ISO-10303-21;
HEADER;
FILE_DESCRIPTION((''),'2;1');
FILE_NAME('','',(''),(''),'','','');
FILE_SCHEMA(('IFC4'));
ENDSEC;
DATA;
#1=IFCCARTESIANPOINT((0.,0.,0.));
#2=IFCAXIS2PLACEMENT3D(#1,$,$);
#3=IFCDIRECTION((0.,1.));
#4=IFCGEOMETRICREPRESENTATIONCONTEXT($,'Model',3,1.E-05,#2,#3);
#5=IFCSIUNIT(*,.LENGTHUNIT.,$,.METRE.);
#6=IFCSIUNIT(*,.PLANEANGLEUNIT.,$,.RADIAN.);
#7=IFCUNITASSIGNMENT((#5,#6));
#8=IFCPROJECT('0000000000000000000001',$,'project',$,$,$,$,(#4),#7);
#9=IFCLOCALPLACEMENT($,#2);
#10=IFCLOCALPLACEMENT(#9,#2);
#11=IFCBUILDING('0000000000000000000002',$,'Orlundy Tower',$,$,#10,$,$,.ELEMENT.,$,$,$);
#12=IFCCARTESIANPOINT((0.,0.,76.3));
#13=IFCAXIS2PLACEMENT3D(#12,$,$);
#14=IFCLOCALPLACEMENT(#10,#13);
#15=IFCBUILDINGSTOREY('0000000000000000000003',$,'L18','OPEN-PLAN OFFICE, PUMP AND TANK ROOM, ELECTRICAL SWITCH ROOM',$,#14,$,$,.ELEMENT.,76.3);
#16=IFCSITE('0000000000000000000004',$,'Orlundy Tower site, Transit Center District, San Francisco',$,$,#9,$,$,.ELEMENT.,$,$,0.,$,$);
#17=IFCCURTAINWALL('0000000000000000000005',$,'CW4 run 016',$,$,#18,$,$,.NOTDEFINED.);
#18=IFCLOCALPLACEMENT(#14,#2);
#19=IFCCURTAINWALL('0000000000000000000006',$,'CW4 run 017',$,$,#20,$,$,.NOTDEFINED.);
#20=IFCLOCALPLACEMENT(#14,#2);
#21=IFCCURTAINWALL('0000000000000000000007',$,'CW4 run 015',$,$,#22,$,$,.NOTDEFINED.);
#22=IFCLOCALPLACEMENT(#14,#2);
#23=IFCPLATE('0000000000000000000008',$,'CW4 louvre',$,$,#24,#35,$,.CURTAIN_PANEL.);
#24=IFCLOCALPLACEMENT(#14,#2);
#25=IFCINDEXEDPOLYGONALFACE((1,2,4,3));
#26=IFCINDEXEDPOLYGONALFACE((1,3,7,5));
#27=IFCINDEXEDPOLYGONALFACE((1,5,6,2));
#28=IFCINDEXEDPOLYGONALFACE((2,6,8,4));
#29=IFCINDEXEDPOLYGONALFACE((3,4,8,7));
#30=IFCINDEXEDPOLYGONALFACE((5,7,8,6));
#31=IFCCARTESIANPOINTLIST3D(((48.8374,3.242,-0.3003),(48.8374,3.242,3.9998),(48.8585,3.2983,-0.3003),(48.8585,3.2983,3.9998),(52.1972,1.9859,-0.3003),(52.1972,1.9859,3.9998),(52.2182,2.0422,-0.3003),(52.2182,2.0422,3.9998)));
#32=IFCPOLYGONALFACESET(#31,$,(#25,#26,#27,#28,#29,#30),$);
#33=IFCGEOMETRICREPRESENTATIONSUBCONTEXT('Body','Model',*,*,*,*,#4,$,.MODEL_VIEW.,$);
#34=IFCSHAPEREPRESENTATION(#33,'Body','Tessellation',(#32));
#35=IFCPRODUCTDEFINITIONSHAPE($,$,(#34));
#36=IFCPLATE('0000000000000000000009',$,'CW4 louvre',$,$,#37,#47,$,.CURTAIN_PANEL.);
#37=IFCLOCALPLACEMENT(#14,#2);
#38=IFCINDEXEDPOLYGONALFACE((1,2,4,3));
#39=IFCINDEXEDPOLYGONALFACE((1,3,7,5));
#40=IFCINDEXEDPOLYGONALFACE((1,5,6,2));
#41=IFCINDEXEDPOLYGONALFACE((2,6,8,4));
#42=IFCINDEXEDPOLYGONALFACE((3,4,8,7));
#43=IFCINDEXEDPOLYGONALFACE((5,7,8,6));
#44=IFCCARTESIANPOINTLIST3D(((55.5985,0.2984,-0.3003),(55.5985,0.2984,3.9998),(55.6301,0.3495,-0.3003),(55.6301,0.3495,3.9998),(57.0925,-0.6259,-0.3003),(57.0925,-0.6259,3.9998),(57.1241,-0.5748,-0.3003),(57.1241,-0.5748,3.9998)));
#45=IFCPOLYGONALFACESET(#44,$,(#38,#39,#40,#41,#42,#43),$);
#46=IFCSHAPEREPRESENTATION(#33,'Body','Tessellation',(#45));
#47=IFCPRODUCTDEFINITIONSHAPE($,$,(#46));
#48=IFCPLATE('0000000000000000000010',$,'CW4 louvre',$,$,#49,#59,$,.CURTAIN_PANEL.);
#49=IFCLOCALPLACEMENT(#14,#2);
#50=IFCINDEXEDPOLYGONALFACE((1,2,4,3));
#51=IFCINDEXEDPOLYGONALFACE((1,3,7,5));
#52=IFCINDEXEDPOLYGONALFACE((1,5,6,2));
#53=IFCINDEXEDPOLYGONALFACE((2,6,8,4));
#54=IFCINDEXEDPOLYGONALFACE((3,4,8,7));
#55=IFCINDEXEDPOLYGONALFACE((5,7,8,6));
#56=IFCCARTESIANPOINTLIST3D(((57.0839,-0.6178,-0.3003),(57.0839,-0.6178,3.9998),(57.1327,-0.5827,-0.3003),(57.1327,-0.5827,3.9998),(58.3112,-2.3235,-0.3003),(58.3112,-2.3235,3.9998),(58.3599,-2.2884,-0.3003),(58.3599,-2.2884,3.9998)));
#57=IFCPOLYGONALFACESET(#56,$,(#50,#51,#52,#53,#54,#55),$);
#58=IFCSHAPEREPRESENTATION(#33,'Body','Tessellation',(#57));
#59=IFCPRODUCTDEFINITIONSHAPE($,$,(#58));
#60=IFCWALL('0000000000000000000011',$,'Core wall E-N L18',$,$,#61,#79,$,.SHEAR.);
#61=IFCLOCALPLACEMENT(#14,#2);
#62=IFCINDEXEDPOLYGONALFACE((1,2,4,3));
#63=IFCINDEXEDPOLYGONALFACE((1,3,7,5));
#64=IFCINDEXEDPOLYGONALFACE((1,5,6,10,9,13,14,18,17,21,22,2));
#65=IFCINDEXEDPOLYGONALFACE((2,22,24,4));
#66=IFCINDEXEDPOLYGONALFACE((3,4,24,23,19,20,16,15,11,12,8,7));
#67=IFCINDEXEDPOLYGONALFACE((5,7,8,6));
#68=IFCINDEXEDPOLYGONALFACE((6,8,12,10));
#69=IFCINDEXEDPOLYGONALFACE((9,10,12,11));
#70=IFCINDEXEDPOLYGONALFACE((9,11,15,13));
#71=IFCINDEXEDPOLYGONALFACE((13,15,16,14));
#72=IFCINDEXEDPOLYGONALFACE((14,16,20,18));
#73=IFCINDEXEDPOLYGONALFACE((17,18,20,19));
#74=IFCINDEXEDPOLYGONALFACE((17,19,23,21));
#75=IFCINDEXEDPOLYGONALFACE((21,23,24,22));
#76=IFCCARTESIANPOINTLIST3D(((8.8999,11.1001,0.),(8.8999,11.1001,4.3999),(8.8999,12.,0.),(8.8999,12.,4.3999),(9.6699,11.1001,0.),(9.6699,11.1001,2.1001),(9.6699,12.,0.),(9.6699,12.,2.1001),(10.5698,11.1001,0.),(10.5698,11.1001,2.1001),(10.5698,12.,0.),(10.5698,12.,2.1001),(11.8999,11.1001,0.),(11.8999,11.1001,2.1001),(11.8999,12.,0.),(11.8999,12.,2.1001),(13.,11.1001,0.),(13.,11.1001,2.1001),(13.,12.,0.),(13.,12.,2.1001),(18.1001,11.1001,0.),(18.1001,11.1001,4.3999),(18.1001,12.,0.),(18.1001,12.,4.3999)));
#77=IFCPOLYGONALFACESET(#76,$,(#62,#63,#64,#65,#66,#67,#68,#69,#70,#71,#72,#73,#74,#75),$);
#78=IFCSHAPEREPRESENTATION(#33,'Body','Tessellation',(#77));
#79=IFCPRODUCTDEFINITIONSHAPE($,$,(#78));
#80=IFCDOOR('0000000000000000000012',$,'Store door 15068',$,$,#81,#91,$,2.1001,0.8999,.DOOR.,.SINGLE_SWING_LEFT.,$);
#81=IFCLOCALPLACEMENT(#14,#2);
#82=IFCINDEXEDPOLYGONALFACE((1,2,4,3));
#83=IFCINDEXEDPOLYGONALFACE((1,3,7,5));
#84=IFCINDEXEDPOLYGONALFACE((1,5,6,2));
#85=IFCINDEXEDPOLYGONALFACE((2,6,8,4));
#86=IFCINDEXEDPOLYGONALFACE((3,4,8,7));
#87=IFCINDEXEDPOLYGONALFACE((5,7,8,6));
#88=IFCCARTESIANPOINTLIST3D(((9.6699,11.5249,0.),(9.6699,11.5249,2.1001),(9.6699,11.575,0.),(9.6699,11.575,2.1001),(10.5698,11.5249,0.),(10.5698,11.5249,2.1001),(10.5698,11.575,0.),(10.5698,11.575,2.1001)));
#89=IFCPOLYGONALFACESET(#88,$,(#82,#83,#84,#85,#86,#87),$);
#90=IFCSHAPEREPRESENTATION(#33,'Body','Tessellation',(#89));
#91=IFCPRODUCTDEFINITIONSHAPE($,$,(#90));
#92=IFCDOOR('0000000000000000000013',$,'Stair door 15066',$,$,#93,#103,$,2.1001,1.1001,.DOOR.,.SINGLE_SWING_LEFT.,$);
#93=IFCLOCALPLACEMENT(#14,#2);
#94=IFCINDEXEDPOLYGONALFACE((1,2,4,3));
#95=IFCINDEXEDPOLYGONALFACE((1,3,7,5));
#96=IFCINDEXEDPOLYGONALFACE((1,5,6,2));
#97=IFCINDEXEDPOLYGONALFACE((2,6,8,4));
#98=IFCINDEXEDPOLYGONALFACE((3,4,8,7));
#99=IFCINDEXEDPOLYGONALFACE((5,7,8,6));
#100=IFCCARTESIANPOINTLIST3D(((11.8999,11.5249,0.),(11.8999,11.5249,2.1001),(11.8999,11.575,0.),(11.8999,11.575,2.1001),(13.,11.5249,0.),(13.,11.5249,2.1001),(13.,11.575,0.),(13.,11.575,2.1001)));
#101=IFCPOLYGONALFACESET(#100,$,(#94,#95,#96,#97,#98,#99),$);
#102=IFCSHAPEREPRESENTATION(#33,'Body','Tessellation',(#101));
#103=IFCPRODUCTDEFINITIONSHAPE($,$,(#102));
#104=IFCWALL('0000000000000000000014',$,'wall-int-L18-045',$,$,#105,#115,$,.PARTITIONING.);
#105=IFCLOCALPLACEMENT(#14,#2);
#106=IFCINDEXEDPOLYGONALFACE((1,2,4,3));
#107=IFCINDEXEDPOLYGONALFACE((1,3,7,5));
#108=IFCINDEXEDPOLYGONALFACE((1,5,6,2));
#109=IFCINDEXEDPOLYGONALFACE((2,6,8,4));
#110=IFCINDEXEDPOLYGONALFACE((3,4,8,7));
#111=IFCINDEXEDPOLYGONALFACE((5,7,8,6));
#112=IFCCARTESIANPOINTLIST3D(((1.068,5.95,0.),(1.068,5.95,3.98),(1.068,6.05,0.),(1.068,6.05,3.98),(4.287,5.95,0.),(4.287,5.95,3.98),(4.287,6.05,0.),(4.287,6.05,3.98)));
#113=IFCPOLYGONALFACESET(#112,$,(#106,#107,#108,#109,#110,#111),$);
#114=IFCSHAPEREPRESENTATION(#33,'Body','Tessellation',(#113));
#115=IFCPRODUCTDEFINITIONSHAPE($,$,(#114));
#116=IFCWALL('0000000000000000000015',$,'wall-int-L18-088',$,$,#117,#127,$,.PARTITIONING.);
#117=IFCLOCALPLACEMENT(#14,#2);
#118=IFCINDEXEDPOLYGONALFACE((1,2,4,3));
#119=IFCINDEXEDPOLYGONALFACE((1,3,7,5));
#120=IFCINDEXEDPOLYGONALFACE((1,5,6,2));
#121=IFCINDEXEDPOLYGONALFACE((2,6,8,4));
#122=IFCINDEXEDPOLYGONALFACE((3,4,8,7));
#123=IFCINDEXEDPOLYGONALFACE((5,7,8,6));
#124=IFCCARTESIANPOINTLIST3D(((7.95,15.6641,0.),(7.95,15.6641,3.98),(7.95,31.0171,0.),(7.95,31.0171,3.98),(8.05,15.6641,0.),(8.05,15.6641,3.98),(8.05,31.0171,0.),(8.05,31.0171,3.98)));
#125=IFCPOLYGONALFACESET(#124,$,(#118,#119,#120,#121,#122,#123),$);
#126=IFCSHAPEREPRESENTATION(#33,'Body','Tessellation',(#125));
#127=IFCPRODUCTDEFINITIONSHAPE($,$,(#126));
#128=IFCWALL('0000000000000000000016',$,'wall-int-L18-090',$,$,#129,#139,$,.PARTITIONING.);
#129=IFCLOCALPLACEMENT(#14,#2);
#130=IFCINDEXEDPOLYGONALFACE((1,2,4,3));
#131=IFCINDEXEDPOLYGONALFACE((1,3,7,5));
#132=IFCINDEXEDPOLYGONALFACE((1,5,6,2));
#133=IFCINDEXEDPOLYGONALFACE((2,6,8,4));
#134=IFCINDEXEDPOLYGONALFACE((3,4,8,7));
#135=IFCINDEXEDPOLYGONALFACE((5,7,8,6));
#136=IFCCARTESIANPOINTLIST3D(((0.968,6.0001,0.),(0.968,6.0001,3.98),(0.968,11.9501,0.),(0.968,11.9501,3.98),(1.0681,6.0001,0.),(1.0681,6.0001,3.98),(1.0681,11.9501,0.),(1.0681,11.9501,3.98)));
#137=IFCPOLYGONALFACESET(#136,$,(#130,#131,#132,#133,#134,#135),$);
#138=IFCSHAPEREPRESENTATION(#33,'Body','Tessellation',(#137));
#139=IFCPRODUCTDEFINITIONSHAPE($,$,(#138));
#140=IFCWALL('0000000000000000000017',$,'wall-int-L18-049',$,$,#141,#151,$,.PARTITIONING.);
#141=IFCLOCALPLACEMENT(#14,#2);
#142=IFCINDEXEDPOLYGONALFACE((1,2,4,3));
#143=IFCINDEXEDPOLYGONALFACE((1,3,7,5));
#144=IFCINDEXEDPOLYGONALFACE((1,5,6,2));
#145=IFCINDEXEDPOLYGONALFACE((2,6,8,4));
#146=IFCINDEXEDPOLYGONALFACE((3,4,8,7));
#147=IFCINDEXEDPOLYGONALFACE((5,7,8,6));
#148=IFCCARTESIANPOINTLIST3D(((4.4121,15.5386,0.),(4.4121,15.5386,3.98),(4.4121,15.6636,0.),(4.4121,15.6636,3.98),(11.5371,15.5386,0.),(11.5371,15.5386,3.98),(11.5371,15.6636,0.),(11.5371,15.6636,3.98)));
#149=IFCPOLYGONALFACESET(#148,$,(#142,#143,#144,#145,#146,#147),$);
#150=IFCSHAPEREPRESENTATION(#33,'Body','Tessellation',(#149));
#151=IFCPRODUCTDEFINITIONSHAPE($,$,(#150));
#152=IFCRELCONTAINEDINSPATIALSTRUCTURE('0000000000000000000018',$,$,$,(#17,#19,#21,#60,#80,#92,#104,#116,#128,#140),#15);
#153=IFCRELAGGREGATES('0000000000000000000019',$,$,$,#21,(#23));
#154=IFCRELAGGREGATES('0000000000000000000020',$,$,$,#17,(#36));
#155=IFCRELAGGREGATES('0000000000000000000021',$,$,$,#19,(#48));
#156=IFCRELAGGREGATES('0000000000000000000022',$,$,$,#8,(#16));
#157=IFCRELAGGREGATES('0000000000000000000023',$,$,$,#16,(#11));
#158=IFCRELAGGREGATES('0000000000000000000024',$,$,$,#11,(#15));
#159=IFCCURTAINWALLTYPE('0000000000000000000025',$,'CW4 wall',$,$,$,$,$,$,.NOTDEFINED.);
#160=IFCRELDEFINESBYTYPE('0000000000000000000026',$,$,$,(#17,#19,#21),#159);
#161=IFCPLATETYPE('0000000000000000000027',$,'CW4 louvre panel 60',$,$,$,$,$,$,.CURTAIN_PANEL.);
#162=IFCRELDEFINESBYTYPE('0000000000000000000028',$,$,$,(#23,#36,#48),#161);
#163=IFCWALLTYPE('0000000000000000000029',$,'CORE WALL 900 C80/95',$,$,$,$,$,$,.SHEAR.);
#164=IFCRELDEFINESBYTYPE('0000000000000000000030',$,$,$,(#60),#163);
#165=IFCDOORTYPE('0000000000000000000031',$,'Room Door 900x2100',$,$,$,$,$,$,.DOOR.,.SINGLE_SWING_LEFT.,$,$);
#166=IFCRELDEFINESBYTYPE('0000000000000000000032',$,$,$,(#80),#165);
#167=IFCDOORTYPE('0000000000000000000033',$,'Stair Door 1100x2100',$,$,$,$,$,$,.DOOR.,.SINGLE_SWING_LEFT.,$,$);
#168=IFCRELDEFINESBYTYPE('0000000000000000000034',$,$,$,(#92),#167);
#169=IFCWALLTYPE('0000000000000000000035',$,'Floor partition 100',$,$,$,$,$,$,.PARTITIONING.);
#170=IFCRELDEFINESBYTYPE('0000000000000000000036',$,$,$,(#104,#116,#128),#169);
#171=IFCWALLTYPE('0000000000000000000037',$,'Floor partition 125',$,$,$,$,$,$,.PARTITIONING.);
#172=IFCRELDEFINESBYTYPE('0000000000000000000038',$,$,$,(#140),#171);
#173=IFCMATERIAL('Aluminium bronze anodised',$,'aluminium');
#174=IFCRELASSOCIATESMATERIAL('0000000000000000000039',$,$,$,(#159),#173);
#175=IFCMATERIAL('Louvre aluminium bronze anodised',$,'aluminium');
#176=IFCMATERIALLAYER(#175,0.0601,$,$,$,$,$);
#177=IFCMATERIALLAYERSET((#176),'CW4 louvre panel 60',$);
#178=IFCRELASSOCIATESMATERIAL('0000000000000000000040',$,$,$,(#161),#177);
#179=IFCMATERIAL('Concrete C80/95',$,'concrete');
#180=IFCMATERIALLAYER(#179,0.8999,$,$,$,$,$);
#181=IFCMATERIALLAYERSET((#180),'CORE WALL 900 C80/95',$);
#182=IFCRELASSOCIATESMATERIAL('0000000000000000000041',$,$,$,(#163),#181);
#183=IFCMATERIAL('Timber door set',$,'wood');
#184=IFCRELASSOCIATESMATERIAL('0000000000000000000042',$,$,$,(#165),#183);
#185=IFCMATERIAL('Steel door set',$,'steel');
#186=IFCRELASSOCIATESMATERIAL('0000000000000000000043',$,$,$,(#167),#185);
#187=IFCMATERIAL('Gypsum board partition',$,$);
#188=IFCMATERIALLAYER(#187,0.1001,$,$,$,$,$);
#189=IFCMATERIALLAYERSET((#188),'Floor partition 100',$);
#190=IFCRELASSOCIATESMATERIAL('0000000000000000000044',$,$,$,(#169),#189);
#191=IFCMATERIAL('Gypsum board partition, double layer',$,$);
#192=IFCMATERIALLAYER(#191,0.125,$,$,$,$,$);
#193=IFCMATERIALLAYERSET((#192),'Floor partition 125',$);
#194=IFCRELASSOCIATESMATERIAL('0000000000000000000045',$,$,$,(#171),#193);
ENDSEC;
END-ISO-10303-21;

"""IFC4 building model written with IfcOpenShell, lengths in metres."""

from ifc_helpers import new_model, si_unit, direction, frame, frame_2d, origin, origin_2d, place, context, subcontext, project, spatial, rectangle, extrude, material, layer, layer_set, type_object, element, fill, aggregate, save


model = new_model("IFC4")

# Units and contexts
model_context = context("Model", 3, precision=1e-05, world=origin(), true_north=direction((0.0, 1.0)))
body_context = subcontext(model_context, "Body", "Model", "MODEL_VIEW")
ifc_project = project(units=[si_unit("LENGTHUNIT", "METRE"), si_unit("PLANEANGLEUNIT", "RADIAN")], contexts=[model_context])

# Site, building, storey
site_placement = place(None, origin())
site = spatial("IfcSite", under=ifc_project, at=site_placement, Name="Orlundy Tower site, Transit Center District, San Francisco", CompositionType="ELEMENT", RefElevation=0.0)
building_placement = place(site_placement, origin())
building = spatial("IfcBuilding", under=site, at=building_placement, Name="Orlundy Tower", CompositionType="ELEMENT")
storey_placement = place(building_placement, frame((0.0, 0.0, 76.3)))
storey = spatial("IfcBuildingStorey", under=building, at=storey_placement, Name="L18", Description="OPEN-PLAN OFFICE, PUMP AND TANK ROOM, ELECTRICAL SWITCH ROOM", CompositionType="ELEMENT", Elevation=76.3)

# Curtain walls
ifc_material_1 = material(Name="Aluminium bronze anodised", Category="aluminium")
curtain_wall_type = type_object("IfcCurtainWallType", Name="CW4 wall", PredefinedType="NOTDEFINED", material=ifc_material_1)
curtain_wall_1_placement = place(storey_placement, origin())
curtain_wall_1 = element("IfcCurtainWall", 1, at=curtain_wall_1_placement, inside=storey, type_object=curtain_wall_type, Name="CW4 run 016", PredefinedType="NOTDEFINED")
curtain_wall_2_placement = place(storey_placement, origin())
curtain_wall_2 = element("IfcCurtainWall", 2, at=curtain_wall_2_placement, inside=storey, type_object=curtain_wall_type, Name="CW4 run 017", PredefinedType="NOTDEFINED")

# Shared definitions
ifc_material_2 = material(Name="Louvre aluminium bronze anodised", Category="aluminium")
ifc_layer_1 = layer(ifc_material_2, 0.0601)
ifc_layer_set_1 = layer_set([ifc_layer_1], Name="CW4 louvre panel 60")
plate_type = type_object("IfcPlateType", Name="CW4 louvre panel 60", PredefinedType="CURTAIN_PANEL", material=ifc_layer_set_1)

# Curtain wall, plate
curtain_wall_3_placement = place(storey_placement, origin())
curtain_wall_3 = element("IfcCurtainWall", 3, at=curtain_wall_3_placement, inside=storey, type_object=curtain_wall_type, Name="CW4 run 015", PredefinedType="NOTDEFINED")
plate_1_placement = place(storey_placement, frame((50.5278, 2.6421, -0.3003), z_axis=(0.0, 0.0, 1.0), x_axis=(0.936679, -0.350189, 0.0)))
plate_1 = element("IfcPlate", 4, at=plate_1_placement, type_object=plate_type, Name="CW4 louvre", PredefinedType="CURTAIN_PANEL", context=body_context, shape_type="SweptSolid", body=[
    extrude(rectangle(XDim=3.5869, YDim=0.0601, at=origin_2d()), origin(), (0.0, 0.0, 1.0), 4.3),
])
aggregate(curtain_wall_3, [plate_1])

# Plates
plate_2_placement = place(storey_placement, frame((56.3613, -0.1382, -0.3003), z_axis=(0.0, 0.0, 1.0), x_axis=(0.850415, -0.526113, 0.0)))
plate_2 = element("IfcPlate", 5, at=plate_2_placement, type_object=plate_type, Name="CW4 louvre", PredefinedType="CURTAIN_PANEL", context=body_context, shape_type="SweptSolid", body=[
    extrude(rectangle(XDim=1.7568, YDim=0.0601, at=origin_2d()), origin(), (0.0, 0.0, 1.0), 4.3),
])
aggregate(curtain_wall_1, [plate_2])
plate_3_placement = place(storey_placement, frame((57.7219, -1.4531, -0.3003), z_axis=(0.0, 0.0, 1.0), x_axis=(0.584042, -0.811724, 0.0)))
plate_3 = element("IfcPlate", 6, at=plate_3_placement, type_object=plate_type, Name="CW4 louvre", PredefinedType="CURTAIN_PANEL", context=body_context, shape_type="SweptSolid", body=[
    extrude(rectangle(XDim=2.1013, YDim=0.0601, at=origin_2d()), origin(), (0.0, 0.0, 1.0), 4.3),
])
aggregate(curtain_wall_2, [plate_3])

# Wall, openings, doors
ifc_material_3 = material(Name="Concrete C80/95", Category="concrete")
ifc_layer_2 = layer(ifc_material_3, 0.8999)
ifc_layer_set_2 = layer_set([ifc_layer_2], Name="CORE WALL 900 C80/95")
wall_type_1 = type_object("IfcWallType", Name="CORE WALL 900 C80/95", PredefinedType="SHEAR", material=ifc_layer_set_2)
wall_1_placement = place(storey_placement, frame((8.8999, 11.55, 0.0), z_axis=(0.0, 0.0, 1.0), x_axis=(1.0, 0.0, 0.0)))
wall_1 = element("IfcWall", 7, at=wall_1_placement, inside=storey, type_object=wall_type_1, Name="Core wall E-N L18", PredefinedType="SHEAR", context=body_context, shape_type="SweptSolid", body=[
    extrude(rectangle(XDim=9.2002, YDim=0.8999, at=frame_2d((4.6001, 0.0))), origin(), (0.0, 0.0, 1.0), 4.3999),
])
opening_1_placement = place(wall_1_placement, frame((3.0, 0.0, 0.0)))
opening_1 = element("IfcOpeningElement", 8, at=opening_1_placement, cuts=wall_1, PredefinedType="OPENING", context=body_context, shape_type="SweptSolid", body=[
    extrude(rectangle(XDim=1.1001, YDim=2.1001, at=frame_2d((0.55, 1.05))), frame((0.0, 0.46, 0.0), z_axis=(0.0, -1.0, 0.0), x_axis=(1.0, 0.0, 0.0)), (0.0, 0.0, 1.0), 0.9199),
])
opening_2_placement = place(wall_1_placement, frame((0.77, 0.0, 0.0)))
opening_2 = element("IfcOpeningElement", 9, at=opening_2_placement, cuts=wall_1, PredefinedType="OPENING", context=body_context, shape_type="SweptSolid", body=[
    extrude(rectangle(XDim=0.8999, YDim=2.1001, at=frame_2d((0.45, 1.05))), frame((0.0, 0.46, 0.0), z_axis=(0.0, -1.0, 0.0), x_axis=(1.0, 0.0, 0.0)), (0.0, 0.0, 1.0), 0.9199),
])
ifc_material_4 = material(Name="Timber door set", Category="wood")
door_type_1 = type_object("IfcDoorType", Name="Room Door 900x2100", OperationType="SINGLE_SWING_LEFT", PredefinedType="DOOR", material=ifc_material_4)
door_1_placement = place(opening_2_placement, origin())
door_1 = element("IfcDoor", 10, at=door_1_placement, inside=storey, type_object=door_type_1, Name="Store door 15068", OperationType="SINGLE_SWING_LEFT", OverallHeight=2.1001, OverallWidth=0.8999, PredefinedType="DOOR", context=body_context, shape_type="SweptSolid", body=[
    extrude(rectangle(XDim=0.8999, YDim=2.1001, at=frame_2d((0.45, 1.05))), frame((0.0, 0.0249, 0.0), z_axis=(0.0, -1.0, 0.0), x_axis=(1.0, 0.0, 0.0)), (0.0, 0.0, 1.0), 0.05),
])
fill(opening_2, door_1)
ifc_material_5 = material(Name="Steel door set", Category="steel")
door_type_2 = type_object("IfcDoorType", Name="Stair Door 1100x2100", OperationType="SINGLE_SWING_LEFT", PredefinedType="DOOR", material=ifc_material_5)
door_2_placement = place(opening_1_placement, origin())
door_2 = element("IfcDoor", 11, at=door_2_placement, inside=storey, type_object=door_type_2, Name="Stair door 15066", OperationType="SINGLE_SWING_LEFT", OverallHeight=2.1001, OverallWidth=1.1001, PredefinedType="DOOR", context=body_context, shape_type="SweptSolid", body=[
    extrude(rectangle(XDim=1.1001, YDim=2.1001, at=frame_2d((0.55, 1.05))), frame((0.0, 0.0249, 0.0), z_axis=(0.0, -1.0, 0.0), x_axis=(1.0, 0.0, 0.0)), (0.0, 0.0, 1.0), 0.05),
])
fill(opening_1, door_2)

# Walls
ifc_material_6 = material(Name="Gypsum board partition")
ifc_layer_3 = layer(ifc_material_6, 0.1001)
ifc_layer_set_3 = layer_set([ifc_layer_3], Name="Floor partition 100")
wall_type_2 = type_object("IfcWallType", Name="Floor partition 100", PredefinedType="PARTITIONING", material=ifc_layer_set_3)
wall_2_placement = place(storey_placement, frame((1.0681, 6.0, 0.0), z_axis=(0.0, 0.0, 1.0), x_axis=(1.0, 0.0, 0.0)))
element("IfcWall", 12, at=wall_2_placement, inside=storey, type_object=wall_type_2, Name="wall-int-L18-045", PredefinedType="PARTITIONING", context=body_context, shape_type="SweptSolid", body=[
    extrude(rectangle(XDim=3.219, YDim=0.1001, at=frame_2d((1.6094, 0.0))), origin(), (0.0, 0.0, 1.0), 3.98),
])
wall_3_placement = place(storey_placement, frame((8.0, 15.6641, 0.0), z_axis=(0.0, 0.0, 1.0), x_axis=(0.0, 1.0, 0.0)))
element("IfcWall", 13, at=wall_3_placement, inside=storey, type_object=wall_type_2, Name="wall-int-L18-088", PredefinedType="PARTITIONING", context=body_context, shape_type="SweptSolid", body=[
    extrude(rectangle(XDim=15.353, YDim=0.1001, at=frame_2d((7.6765, 0.0))), origin(), (0.0, 0.0, 1.0), 3.98),
])
wall_4_placement = place(storey_placement, frame((1.0181, 6.0, 0.0), z_axis=(0.0, 0.0, 1.0), x_axis=(0.0, 1.0, 0.0)))
element("IfcWall", 14, at=wall_4_placement, inside=storey, type_object=wall_type_2, Name="wall-int-L18-090", PredefinedType="PARTITIONING", context=body_context, shape_type="SweptSolid", body=[
    extrude(rectangle(XDim=5.95, YDim=0.1001, at=frame_2d((2.9751, 0.0))), origin(), (0.0, 0.0, 1.0), 3.98),
])
ifc_material_7 = material(Name="Gypsum board partition, double layer")
ifc_layer_4 = layer(ifc_material_7, 0.125)
ifc_layer_set_4 = layer_set([ifc_layer_4], Name="Floor partition 125")
wall_type_3 = type_object("IfcWallType", Name="Floor partition 125", PredefinedType="PARTITIONING", material=ifc_layer_set_4)
wall_5_placement = place(storey_placement, frame((4.4121, 15.6011, 0.0), z_axis=(0.0, 0.0, 1.0), x_axis=(1.0, 0.0, 0.0)))
element("IfcWall", 15, at=wall_5_placement, inside=storey, type_object=wall_type_3, Name="wall-int-L18-049", PredefinedType="PARTITIONING", context=body_context, shape_type="SweptSolid", body=[
    extrude(rectangle(XDim=7.125, YDim=0.125, at=frame_2d((3.5625, 0.0))), origin(), (0.0, 0.0, 1.0), 3.98),
])

save(model, "model.ifc")
